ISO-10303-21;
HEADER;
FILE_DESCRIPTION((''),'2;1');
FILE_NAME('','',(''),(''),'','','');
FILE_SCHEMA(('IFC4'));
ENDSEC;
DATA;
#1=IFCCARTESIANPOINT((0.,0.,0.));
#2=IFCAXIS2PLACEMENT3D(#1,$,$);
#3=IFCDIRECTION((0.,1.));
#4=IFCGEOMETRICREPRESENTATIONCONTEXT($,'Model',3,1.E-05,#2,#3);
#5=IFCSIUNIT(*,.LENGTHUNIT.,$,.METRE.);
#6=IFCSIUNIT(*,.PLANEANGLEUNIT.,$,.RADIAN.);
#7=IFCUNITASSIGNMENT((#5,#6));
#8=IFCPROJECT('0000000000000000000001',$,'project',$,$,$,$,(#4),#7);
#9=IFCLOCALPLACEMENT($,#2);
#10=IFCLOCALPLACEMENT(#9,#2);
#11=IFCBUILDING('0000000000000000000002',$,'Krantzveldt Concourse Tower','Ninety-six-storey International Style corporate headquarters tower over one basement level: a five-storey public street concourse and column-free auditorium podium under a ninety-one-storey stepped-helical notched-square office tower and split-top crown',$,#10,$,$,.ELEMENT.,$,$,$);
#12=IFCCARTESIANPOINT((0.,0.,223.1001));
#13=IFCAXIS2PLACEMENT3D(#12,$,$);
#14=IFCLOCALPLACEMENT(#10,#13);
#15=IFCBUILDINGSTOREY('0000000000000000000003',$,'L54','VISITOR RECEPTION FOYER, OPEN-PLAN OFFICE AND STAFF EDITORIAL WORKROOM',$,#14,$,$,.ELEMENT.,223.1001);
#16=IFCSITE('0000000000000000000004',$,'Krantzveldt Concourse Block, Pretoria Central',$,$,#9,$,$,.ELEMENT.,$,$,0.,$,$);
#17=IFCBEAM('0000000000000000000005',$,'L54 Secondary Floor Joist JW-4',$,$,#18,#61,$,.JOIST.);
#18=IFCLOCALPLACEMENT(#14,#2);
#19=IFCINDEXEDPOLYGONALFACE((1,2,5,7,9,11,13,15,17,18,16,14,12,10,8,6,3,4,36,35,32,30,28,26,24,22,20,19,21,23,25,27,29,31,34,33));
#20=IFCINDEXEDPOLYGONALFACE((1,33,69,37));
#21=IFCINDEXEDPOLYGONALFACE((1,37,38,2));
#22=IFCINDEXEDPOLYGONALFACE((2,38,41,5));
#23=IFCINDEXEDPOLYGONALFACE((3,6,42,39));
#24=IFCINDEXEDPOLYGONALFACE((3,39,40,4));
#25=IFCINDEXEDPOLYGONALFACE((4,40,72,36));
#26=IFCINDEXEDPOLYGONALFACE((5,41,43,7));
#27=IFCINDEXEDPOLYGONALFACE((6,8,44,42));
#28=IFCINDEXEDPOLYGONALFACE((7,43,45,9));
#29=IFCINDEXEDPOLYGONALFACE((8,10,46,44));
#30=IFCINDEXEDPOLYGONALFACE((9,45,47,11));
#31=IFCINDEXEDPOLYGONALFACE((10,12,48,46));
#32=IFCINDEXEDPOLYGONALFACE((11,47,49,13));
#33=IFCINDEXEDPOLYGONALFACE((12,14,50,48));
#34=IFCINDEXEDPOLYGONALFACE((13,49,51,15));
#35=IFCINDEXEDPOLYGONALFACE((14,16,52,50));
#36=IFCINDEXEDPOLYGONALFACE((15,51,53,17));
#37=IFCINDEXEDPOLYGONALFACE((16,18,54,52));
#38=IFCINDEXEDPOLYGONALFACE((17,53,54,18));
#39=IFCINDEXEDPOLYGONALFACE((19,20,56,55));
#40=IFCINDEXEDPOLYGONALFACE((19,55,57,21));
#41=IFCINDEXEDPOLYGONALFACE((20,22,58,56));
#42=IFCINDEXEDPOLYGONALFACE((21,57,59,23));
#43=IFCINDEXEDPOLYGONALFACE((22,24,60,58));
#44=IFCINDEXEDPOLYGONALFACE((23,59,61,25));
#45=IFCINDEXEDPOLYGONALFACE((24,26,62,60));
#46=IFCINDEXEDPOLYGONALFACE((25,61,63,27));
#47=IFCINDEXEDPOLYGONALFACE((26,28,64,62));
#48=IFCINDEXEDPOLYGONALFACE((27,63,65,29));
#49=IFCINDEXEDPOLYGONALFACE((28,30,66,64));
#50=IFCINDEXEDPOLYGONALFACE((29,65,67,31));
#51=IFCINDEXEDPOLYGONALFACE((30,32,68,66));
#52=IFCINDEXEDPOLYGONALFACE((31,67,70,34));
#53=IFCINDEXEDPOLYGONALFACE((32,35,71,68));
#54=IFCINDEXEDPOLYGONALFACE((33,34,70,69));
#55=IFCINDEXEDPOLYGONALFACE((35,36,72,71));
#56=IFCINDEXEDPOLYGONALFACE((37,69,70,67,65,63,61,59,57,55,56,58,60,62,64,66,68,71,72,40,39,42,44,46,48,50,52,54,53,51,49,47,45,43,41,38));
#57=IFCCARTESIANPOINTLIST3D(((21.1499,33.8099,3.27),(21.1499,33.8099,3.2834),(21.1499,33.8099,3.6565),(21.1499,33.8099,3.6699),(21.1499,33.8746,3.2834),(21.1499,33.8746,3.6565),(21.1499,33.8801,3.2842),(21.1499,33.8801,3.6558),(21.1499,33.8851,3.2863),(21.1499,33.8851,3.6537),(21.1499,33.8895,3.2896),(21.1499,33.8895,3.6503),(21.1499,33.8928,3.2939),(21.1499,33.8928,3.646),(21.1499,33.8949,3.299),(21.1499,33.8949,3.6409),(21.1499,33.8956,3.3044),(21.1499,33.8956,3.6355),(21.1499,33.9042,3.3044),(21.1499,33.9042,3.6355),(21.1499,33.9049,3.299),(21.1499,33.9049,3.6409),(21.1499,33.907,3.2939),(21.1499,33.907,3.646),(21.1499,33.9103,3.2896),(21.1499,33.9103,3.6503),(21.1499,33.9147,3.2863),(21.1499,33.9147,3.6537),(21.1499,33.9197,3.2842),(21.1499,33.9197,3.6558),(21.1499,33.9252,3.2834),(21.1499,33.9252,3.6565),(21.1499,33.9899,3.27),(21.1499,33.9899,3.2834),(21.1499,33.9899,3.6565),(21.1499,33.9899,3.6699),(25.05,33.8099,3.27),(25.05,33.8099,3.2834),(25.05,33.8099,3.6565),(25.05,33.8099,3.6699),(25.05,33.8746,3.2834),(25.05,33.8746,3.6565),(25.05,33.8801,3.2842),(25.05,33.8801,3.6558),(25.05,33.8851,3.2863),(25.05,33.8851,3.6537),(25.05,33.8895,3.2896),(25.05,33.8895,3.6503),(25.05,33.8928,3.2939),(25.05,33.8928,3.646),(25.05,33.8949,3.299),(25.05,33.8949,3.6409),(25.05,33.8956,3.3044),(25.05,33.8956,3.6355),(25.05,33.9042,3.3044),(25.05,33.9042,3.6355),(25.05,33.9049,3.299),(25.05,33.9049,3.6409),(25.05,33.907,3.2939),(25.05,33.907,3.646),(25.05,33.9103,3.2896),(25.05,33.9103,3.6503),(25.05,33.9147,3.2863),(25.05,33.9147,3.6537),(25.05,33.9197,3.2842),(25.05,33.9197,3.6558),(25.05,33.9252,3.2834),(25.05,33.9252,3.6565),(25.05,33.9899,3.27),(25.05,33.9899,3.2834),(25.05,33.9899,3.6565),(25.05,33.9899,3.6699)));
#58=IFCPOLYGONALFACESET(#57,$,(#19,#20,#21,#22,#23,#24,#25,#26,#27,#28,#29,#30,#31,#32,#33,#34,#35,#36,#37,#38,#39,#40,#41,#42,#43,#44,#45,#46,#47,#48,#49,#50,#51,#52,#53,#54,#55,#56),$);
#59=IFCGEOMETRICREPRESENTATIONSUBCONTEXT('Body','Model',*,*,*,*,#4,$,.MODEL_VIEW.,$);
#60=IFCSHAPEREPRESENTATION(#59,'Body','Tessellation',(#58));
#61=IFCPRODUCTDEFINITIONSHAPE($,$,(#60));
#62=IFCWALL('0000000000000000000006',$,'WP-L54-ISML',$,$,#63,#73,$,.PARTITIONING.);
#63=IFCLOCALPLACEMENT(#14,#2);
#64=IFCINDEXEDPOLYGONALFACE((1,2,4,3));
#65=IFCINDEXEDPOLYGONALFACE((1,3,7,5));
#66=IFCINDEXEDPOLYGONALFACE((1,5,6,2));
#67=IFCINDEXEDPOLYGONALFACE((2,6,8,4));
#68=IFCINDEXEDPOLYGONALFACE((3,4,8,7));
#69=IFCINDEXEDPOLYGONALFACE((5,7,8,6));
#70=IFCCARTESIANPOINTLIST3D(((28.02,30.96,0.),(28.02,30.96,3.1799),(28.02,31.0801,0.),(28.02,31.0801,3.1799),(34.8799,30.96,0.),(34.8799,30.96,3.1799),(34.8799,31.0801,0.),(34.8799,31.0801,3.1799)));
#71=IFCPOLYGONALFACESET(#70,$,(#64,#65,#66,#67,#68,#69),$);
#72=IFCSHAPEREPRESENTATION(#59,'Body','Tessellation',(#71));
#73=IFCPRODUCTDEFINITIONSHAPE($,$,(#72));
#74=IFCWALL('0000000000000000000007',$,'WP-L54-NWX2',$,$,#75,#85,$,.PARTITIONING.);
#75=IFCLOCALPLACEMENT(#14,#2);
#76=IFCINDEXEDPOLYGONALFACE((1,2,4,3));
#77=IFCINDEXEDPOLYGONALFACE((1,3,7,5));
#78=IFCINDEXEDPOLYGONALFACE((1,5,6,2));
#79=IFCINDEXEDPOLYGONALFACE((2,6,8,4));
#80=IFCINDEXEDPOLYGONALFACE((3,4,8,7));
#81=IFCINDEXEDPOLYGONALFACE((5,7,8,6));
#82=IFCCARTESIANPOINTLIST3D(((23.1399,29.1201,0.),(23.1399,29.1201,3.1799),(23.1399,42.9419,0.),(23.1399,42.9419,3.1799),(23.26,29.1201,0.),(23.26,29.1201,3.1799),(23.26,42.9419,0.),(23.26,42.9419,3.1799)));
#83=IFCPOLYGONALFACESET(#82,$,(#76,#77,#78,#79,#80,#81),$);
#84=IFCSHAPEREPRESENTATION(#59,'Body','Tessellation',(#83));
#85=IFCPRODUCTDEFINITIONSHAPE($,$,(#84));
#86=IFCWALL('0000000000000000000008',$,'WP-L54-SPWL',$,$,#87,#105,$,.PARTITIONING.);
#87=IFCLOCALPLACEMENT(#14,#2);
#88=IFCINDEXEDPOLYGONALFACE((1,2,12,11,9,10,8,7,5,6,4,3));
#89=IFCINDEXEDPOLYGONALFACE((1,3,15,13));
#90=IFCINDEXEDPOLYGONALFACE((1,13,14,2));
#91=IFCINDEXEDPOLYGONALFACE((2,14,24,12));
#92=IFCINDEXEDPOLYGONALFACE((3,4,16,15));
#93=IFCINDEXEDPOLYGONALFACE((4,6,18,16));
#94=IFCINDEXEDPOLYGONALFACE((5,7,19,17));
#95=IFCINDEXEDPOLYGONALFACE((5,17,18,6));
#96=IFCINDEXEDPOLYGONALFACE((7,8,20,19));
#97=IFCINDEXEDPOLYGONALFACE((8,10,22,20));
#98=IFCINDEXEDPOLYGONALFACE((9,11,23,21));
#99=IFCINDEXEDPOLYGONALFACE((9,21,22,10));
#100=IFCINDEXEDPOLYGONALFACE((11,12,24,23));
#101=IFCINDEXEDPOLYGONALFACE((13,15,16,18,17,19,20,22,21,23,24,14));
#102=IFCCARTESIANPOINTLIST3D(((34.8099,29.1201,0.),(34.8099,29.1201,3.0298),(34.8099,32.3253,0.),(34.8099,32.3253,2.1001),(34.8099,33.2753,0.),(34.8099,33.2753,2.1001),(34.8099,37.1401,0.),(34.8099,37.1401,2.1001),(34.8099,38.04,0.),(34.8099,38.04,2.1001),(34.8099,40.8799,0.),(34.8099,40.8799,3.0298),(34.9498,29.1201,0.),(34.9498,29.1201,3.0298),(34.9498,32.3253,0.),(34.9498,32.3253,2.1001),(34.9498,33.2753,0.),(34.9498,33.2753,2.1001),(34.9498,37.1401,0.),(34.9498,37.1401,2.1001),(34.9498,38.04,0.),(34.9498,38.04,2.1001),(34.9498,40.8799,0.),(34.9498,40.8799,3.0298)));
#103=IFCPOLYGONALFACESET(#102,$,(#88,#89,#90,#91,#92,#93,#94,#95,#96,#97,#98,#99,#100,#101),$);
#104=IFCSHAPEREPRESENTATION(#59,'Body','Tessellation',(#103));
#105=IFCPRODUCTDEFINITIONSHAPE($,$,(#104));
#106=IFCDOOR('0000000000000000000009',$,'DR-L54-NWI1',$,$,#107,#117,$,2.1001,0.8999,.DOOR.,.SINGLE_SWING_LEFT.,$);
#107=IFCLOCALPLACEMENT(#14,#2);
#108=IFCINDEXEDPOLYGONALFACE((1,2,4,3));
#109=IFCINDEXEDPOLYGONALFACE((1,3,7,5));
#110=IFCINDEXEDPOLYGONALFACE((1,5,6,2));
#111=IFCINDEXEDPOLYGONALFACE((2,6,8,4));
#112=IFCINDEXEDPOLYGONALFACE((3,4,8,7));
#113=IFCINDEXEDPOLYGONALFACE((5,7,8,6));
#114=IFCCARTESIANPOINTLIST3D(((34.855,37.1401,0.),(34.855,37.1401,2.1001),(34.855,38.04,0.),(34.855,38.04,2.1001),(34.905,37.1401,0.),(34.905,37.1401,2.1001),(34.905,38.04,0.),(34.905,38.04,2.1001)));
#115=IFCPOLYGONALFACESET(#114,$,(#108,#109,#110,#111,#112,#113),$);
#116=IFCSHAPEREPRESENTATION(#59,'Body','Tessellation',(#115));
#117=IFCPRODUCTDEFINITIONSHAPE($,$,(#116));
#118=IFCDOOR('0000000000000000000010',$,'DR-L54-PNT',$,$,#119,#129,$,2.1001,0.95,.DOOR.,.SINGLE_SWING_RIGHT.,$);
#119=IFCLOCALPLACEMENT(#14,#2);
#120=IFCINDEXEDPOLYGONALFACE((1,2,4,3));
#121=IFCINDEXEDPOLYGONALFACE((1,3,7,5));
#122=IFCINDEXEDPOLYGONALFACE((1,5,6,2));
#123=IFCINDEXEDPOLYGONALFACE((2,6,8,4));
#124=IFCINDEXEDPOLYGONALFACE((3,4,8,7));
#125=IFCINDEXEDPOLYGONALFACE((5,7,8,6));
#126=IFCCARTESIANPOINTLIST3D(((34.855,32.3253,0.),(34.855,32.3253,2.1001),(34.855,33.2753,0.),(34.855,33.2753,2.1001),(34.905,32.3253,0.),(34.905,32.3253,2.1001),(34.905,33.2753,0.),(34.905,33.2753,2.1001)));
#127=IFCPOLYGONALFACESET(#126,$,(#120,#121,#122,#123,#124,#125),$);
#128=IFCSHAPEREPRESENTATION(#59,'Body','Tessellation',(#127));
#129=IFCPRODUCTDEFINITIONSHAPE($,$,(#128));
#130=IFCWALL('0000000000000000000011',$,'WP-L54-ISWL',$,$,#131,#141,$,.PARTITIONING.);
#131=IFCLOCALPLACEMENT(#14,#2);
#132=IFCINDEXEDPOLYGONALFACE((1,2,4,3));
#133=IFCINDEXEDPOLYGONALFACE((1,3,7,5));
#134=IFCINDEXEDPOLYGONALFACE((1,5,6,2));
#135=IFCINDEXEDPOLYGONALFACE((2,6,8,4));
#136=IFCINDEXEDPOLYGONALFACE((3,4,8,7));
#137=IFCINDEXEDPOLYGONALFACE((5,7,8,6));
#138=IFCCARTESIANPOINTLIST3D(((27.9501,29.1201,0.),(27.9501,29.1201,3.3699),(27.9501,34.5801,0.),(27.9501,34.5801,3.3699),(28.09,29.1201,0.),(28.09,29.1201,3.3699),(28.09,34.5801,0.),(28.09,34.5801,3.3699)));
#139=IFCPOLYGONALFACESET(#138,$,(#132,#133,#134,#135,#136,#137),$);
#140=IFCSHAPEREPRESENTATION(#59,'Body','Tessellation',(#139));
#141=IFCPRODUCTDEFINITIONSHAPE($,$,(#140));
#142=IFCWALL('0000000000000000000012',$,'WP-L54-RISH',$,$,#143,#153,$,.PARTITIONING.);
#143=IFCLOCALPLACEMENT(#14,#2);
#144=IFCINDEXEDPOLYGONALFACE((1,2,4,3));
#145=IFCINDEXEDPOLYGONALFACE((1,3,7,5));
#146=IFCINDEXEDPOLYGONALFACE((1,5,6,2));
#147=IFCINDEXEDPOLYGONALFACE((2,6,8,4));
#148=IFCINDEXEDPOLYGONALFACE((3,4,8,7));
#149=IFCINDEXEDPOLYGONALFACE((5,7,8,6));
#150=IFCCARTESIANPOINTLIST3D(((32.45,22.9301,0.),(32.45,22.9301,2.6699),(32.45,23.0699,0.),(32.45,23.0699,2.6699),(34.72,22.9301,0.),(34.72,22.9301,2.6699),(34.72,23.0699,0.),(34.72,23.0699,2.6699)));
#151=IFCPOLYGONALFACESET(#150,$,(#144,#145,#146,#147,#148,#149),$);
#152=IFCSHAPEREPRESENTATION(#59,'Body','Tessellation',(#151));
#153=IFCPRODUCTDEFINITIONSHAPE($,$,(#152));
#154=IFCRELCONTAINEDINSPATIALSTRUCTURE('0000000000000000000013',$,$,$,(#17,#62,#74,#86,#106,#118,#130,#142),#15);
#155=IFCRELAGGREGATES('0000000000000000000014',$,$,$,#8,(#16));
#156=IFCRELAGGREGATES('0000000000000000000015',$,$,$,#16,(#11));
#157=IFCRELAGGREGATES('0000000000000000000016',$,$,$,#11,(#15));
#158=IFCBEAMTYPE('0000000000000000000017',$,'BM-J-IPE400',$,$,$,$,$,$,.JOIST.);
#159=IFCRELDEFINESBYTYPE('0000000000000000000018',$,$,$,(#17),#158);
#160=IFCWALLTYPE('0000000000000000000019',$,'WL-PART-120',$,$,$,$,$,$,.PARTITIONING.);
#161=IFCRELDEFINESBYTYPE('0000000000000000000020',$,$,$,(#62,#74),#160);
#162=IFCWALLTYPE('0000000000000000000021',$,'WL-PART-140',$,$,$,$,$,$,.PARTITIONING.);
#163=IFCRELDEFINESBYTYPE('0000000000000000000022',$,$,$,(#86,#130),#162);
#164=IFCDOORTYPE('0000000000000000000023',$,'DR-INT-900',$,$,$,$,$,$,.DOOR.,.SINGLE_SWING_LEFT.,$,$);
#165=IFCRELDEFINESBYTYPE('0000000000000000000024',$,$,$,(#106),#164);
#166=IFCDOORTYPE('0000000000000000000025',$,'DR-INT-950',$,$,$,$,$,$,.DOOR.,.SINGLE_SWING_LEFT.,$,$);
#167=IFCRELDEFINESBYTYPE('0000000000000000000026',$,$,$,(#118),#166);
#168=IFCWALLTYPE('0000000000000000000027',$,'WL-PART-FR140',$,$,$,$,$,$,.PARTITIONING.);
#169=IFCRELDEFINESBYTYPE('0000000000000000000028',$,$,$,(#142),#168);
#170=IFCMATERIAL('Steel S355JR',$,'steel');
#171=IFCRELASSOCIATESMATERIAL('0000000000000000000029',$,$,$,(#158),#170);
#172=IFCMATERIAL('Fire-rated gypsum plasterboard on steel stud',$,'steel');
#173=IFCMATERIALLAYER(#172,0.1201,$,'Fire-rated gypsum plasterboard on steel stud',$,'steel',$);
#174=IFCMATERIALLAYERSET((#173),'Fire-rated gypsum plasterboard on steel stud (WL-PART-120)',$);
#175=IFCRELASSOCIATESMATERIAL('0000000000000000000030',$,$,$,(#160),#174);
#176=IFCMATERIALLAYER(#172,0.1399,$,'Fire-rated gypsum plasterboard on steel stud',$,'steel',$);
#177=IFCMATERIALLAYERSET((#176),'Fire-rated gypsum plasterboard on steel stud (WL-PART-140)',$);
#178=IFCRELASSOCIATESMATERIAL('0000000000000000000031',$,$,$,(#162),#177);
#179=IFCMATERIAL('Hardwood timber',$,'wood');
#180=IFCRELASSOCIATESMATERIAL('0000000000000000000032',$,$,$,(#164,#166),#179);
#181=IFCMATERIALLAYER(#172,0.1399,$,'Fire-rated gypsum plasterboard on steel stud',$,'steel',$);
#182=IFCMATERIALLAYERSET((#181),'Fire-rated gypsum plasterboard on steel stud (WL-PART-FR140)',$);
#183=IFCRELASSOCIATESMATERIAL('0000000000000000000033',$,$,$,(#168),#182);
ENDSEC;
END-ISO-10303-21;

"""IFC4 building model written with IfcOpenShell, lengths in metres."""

from ifc_helpers import new_model, si_unit, direction, frame, frame_2d, origin, origin_2d, place, context, subcontext, project, spatial, rectangle, i_section, extrude, source, transform, mapped, material, layer, layer_set, material_profile, profile_set, type_object, element, fill, save


model = new_model("IFC4")

# Units and contexts
model_context = context("Model", 3, precision=1e-05, world=origin(), true_north=direction((0.0, 1.0)))
body_context = subcontext(model_context, "Body", "Model", "MODEL_VIEW")
ifc_project = project(units=[si_unit("LENGTHUNIT", "METRE"), si_unit("PLANEANGLEUNIT", "RADIAN")], contexts=[model_context])

# Site, building, storey
site_placement = place(None, origin())
site = spatial("IfcSite", under=ifc_project, at=site_placement, Name="Krantzveldt Concourse Block, Pretoria Central", CompositionType="ELEMENT", RefElevation=0.0)
building_placement = place(site_placement, origin())
building = spatial("IfcBuilding", under=site, at=building_placement, Name="Krantzveldt Concourse Tower", Description="Ninety-six-storey International Style corporate headquarters tower over one basement level: a five-storey public street concourse and column-free auditorium podium under a ninety-one-storey stepped-helical notched-square office tower and split-top crown", CompositionType="ELEMENT")
storey_placement = place(building_placement, frame((0.0, 0.0, 223.1001)))
storey = spatial("IfcBuildingStorey", under=building, at=storey_placement, Name="L54", Description="VISITOR RECEPTION FOYER, OPEN-PLAN OFFICE AND STAFF EDITORIAL WORKROOM", CompositionType="ELEMENT", Elevation=223.1001)

# Beam
ifc_material_1 = material(Name="Steel S355JR", Category="steel")
ifc_material_profile_1 = material_profile(ifc_material_1, i_section(OverallWidth=0.1799, OverallDepth=0.3999, WebThickness=0.0085, FlangeThickness=0.0134, FilletRadius=0.021, at=origin_2d()), Name="Steel S355JR", Category="steel")
ifc_profile_set_1 = profile_set([ifc_material_profile_1], Name="Steel S355JR - IPE 400")
beam_type_1 = type_object("IfcBeamType", Name="BM-J-IPE400", PredefinedType="JOIST", material=ifc_profile_set_1)
shared_shape_1 = source(origin(), body_context, "Body", "SweptSolid", [
    extrude(i_section(OverallWidth=0.1799, OverallDepth=0.3999, WebThickness=0.0085, FlangeThickness=0.0134, FilletRadius=0.021, at=origin_2d()), origin(), (0.0, 0.0, 1.0), 3.9001),
])
for number, where, z_axis, x_axis, name in (
    (1, (21.1499, 33.8999, 3.47), (1.0, 0.0, 0.0), (0.0, 1.0, 0.0), "L54 Secondary Floor Joist JW-4"),
):
    element("IfcBeam", number, at=place(storey_placement, frame(where, z_axis=z_axis, x_axis=x_axis)), inside=storey, type_object=beam_type_1, Name=name, PredefinedType="JOIST", context=body_context, shape_type="MappedRepresentation", body=[
        mapped(shared_shape_1, transform((0.0, 0.0, 0.0), x_axis=(1.0, 0.0, 0.0), y_axis=(0.0, 1.0, 0.0), z_axis=(0.0, 0.0, 1.0), scale=1.0)),
    ])

# Walls
ifc_material_2 = material(Name="Fire-rated gypsum plasterboard on steel stud", Category="steel")
ifc_layer_1 = layer(ifc_material_2, 0.1201, Name="Fire-rated gypsum plasterboard on steel stud", Category="steel")
ifc_layer_set_1 = layer_set([ifc_layer_1], Name="Fire-rated gypsum plasterboard on steel stud (WL-PART-120)")
wall_type_1 = type_object("IfcWallType", Name="WL-PART-120", PredefinedType="PARTITIONING", material=ifc_layer_set_1)
wall_1_placement = place(storey_placement, frame((28.02, 31.02, 0.0), z_axis=(0.0, 0.0, 1.0), x_axis=(1.0, 0.0, 0.0)))
element("IfcWall", 2, at=wall_1_placement, inside=storey, type_object=wall_type_1, Name="WP-L54-ISML", PredefinedType="PARTITIONING", context=body_context, shape_type="SweptSolid", body=[
    extrude(rectangle(XDim=6.8599, YDim=0.1201, at=frame_2d((3.4299, 0.0))), origin(), (0.0, 0.0, 1.0), 3.1799),
])
wall_2_placement = place(storey_placement, frame((23.2, 29.1201, 0.0), z_axis=(0.0, 0.0, 1.0), x_axis=(0.0, 1.0, 0.0)))
element("IfcWall", 3, at=wall_2_placement, inside=storey, type_object=wall_type_1, Name="WP-L54-NWX2", PredefinedType="PARTITIONING", context=body_context, shape_type="SweptSolid", body=[
    extrude(rectangle(XDim=13.8218, YDim=0.1201, at=frame_2d((6.9109, 0.0))), origin(), (0.0, 0.0, 1.0), 3.1799),
])

# Wall, openings, doors
ifc_layer_2 = layer(ifc_material_2, 0.1399, Name="Fire-rated gypsum plasterboard on steel stud", Category="steel")
ifc_layer_set_2 = layer_set([ifc_layer_2], Name="Fire-rated gypsum plasterboard on steel stud (WL-PART-140)")
wall_type_2 = type_object("IfcWallType", Name="WL-PART-140", PredefinedType="PARTITIONING", material=ifc_layer_set_2)
wall_3_placement = place(storey_placement, frame((34.8799, 29.1201, 0.0), z_axis=(0.0, 0.0, 1.0), x_axis=(0.0, 1.0, 0.0)))
wall_3 = element("IfcWall", 4, at=wall_3_placement, inside=storey, type_object=wall_type_2, Name="WP-L54-SPWL", PredefinedType="PARTITIONING", context=body_context, shape_type="SweptSolid", body=[
    extrude(rectangle(XDim=11.7598, YDim=0.1399, at=frame_2d((5.8799, 0.0))), origin(), (0.0, 0.0, 1.0), 3.0298),
])
opening_1_placement = place(wall_3_placement, frame((3.2051, 0.0, 0.0)))
opening_1 = element("IfcOpeningElement", 5, at=opening_1_placement, cuts=wall_3, PredefinedType="OPENING", context=body_context, shape_type="SweptSolid", body=[
    extrude(rectangle(XDim=0.95, YDim=2.1001, at=frame_2d((0.4751, 1.05))), frame((0.0, 0.0801, 0.0), z_axis=(0.0, -1.0, 0.0), x_axis=(1.0, 0.0, 0.0)), (0.0, 0.0, 1.0), 0.1599),
])
opening_2_placement = place(wall_3_placement, frame((8.02, 0.0, 0.0)))
opening_2 = element("IfcOpeningElement", 6, at=opening_2_placement, cuts=wall_3, PredefinedType="OPENING", context=body_context, shape_type="SweptSolid", body=[
    extrude(rectangle(XDim=0.8999, YDim=2.1001, at=frame_2d((0.45, 1.05))), frame((0.0, 0.0801, 0.0), z_axis=(0.0, -1.0, 0.0), x_axis=(1.0, 0.0, 0.0)), (0.0, 0.0, 1.0), 0.1599),
])
ifc_material_3 = material(Name="Hardwood timber", Category="wood")
door_type_1 = type_object("IfcDoorType", Name="DR-INT-900", OperationType="SINGLE_SWING_LEFT", PredefinedType="DOOR", material=ifc_material_3)
door_1_placement = place(opening_2_placement, origin())
door_1 = element("IfcDoor", 7, at=door_1_placement, inside=storey, type_object=door_type_1, Name="DR-L54-NWI1", OperationType="SINGLE_SWING_LEFT", OverallHeight=2.1001, OverallWidth=0.8999, PredefinedType="DOOR", context=body_context, shape_type="SweptSolid", body=[
    extrude(rectangle(XDim=0.8999, YDim=2.1001, at=frame_2d((0.45, 1.05))), frame((0.0, 0.0249, 0.0), z_axis=(0.0, -1.0, 0.0), x_axis=(1.0, 0.0, 0.0)), (0.0, 0.0, 1.0), 0.05),
])
fill(opening_2, door_1)
door_type_2 = type_object("IfcDoorType", Name="DR-INT-950", OperationType="SINGLE_SWING_LEFT", PredefinedType="DOOR", material=ifc_material_3)
door_2_placement = place(opening_1_placement, origin())
door_2 = element("IfcDoor", 8, at=door_2_placement, inside=storey, type_object=door_type_2, Name="DR-L54-PNT", OperationType="SINGLE_SWING_RIGHT", OverallHeight=2.1001, OverallWidth=0.95, PredefinedType="DOOR", context=body_context, shape_type="SweptSolid", body=[
    extrude(rectangle(XDim=0.95, YDim=2.1001, at=frame_2d((0.4751, 1.05))), frame((0.0, 0.0249, 0.0), z_axis=(0.0, -1.0, 0.0), x_axis=(1.0, 0.0, 0.0)), (0.0, 0.0, 1.0), 0.05),
])
fill(opening_1, door_2)

# Walls
wall_4_placement = place(storey_placement, frame((28.02, 29.1201, 0.0), z_axis=(0.0, 0.0, 1.0), x_axis=(0.0, 1.0, 0.0)))
element("IfcWall", 9, at=wall_4_placement, inside=storey, type_object=wall_type_2, Name="WP-L54-ISWL", PredefinedType="PARTITIONING", context=body_context, shape_type="SweptSolid", body=[
    extrude(rectangle(XDim=5.46, YDim=0.1399, at=frame_2d((2.73, 0.0))), origin(), (0.0, 0.0, 1.0), 3.3699),
])
ifc_layer_3 = layer(ifc_material_2, 0.1399, Name="Fire-rated gypsum plasterboard on steel stud", Category="steel")
ifc_layer_set_3 = layer_set([ifc_layer_3], Name="Fire-rated gypsum plasterboard on steel stud (WL-PART-FR140)")
wall_type_3 = type_object("IfcWallType", Name="WL-PART-FR140", PredefinedType="PARTITIONING", material=ifc_layer_set_3)
wall_5_placement = place(storey_placement, frame((32.45, 23.0, 0.0), z_axis=(0.0, 0.0, 1.0), x_axis=(1.0, 0.0, 0.0)))
element("IfcWall", 10, at=wall_5_placement, inside=storey, type_object=wall_type_3, Name="WP-L54-RISH", PredefinedType="PARTITIONING", context=body_context, shape_type="SweptSolid", body=[
    extrude(rectangle(XDim=2.27, YDim=0.1399, at=frame_2d((1.135, 0.0))), origin(), (0.0, 0.0, 1.0), 2.6699),
])

save(model, "model.ifc")
